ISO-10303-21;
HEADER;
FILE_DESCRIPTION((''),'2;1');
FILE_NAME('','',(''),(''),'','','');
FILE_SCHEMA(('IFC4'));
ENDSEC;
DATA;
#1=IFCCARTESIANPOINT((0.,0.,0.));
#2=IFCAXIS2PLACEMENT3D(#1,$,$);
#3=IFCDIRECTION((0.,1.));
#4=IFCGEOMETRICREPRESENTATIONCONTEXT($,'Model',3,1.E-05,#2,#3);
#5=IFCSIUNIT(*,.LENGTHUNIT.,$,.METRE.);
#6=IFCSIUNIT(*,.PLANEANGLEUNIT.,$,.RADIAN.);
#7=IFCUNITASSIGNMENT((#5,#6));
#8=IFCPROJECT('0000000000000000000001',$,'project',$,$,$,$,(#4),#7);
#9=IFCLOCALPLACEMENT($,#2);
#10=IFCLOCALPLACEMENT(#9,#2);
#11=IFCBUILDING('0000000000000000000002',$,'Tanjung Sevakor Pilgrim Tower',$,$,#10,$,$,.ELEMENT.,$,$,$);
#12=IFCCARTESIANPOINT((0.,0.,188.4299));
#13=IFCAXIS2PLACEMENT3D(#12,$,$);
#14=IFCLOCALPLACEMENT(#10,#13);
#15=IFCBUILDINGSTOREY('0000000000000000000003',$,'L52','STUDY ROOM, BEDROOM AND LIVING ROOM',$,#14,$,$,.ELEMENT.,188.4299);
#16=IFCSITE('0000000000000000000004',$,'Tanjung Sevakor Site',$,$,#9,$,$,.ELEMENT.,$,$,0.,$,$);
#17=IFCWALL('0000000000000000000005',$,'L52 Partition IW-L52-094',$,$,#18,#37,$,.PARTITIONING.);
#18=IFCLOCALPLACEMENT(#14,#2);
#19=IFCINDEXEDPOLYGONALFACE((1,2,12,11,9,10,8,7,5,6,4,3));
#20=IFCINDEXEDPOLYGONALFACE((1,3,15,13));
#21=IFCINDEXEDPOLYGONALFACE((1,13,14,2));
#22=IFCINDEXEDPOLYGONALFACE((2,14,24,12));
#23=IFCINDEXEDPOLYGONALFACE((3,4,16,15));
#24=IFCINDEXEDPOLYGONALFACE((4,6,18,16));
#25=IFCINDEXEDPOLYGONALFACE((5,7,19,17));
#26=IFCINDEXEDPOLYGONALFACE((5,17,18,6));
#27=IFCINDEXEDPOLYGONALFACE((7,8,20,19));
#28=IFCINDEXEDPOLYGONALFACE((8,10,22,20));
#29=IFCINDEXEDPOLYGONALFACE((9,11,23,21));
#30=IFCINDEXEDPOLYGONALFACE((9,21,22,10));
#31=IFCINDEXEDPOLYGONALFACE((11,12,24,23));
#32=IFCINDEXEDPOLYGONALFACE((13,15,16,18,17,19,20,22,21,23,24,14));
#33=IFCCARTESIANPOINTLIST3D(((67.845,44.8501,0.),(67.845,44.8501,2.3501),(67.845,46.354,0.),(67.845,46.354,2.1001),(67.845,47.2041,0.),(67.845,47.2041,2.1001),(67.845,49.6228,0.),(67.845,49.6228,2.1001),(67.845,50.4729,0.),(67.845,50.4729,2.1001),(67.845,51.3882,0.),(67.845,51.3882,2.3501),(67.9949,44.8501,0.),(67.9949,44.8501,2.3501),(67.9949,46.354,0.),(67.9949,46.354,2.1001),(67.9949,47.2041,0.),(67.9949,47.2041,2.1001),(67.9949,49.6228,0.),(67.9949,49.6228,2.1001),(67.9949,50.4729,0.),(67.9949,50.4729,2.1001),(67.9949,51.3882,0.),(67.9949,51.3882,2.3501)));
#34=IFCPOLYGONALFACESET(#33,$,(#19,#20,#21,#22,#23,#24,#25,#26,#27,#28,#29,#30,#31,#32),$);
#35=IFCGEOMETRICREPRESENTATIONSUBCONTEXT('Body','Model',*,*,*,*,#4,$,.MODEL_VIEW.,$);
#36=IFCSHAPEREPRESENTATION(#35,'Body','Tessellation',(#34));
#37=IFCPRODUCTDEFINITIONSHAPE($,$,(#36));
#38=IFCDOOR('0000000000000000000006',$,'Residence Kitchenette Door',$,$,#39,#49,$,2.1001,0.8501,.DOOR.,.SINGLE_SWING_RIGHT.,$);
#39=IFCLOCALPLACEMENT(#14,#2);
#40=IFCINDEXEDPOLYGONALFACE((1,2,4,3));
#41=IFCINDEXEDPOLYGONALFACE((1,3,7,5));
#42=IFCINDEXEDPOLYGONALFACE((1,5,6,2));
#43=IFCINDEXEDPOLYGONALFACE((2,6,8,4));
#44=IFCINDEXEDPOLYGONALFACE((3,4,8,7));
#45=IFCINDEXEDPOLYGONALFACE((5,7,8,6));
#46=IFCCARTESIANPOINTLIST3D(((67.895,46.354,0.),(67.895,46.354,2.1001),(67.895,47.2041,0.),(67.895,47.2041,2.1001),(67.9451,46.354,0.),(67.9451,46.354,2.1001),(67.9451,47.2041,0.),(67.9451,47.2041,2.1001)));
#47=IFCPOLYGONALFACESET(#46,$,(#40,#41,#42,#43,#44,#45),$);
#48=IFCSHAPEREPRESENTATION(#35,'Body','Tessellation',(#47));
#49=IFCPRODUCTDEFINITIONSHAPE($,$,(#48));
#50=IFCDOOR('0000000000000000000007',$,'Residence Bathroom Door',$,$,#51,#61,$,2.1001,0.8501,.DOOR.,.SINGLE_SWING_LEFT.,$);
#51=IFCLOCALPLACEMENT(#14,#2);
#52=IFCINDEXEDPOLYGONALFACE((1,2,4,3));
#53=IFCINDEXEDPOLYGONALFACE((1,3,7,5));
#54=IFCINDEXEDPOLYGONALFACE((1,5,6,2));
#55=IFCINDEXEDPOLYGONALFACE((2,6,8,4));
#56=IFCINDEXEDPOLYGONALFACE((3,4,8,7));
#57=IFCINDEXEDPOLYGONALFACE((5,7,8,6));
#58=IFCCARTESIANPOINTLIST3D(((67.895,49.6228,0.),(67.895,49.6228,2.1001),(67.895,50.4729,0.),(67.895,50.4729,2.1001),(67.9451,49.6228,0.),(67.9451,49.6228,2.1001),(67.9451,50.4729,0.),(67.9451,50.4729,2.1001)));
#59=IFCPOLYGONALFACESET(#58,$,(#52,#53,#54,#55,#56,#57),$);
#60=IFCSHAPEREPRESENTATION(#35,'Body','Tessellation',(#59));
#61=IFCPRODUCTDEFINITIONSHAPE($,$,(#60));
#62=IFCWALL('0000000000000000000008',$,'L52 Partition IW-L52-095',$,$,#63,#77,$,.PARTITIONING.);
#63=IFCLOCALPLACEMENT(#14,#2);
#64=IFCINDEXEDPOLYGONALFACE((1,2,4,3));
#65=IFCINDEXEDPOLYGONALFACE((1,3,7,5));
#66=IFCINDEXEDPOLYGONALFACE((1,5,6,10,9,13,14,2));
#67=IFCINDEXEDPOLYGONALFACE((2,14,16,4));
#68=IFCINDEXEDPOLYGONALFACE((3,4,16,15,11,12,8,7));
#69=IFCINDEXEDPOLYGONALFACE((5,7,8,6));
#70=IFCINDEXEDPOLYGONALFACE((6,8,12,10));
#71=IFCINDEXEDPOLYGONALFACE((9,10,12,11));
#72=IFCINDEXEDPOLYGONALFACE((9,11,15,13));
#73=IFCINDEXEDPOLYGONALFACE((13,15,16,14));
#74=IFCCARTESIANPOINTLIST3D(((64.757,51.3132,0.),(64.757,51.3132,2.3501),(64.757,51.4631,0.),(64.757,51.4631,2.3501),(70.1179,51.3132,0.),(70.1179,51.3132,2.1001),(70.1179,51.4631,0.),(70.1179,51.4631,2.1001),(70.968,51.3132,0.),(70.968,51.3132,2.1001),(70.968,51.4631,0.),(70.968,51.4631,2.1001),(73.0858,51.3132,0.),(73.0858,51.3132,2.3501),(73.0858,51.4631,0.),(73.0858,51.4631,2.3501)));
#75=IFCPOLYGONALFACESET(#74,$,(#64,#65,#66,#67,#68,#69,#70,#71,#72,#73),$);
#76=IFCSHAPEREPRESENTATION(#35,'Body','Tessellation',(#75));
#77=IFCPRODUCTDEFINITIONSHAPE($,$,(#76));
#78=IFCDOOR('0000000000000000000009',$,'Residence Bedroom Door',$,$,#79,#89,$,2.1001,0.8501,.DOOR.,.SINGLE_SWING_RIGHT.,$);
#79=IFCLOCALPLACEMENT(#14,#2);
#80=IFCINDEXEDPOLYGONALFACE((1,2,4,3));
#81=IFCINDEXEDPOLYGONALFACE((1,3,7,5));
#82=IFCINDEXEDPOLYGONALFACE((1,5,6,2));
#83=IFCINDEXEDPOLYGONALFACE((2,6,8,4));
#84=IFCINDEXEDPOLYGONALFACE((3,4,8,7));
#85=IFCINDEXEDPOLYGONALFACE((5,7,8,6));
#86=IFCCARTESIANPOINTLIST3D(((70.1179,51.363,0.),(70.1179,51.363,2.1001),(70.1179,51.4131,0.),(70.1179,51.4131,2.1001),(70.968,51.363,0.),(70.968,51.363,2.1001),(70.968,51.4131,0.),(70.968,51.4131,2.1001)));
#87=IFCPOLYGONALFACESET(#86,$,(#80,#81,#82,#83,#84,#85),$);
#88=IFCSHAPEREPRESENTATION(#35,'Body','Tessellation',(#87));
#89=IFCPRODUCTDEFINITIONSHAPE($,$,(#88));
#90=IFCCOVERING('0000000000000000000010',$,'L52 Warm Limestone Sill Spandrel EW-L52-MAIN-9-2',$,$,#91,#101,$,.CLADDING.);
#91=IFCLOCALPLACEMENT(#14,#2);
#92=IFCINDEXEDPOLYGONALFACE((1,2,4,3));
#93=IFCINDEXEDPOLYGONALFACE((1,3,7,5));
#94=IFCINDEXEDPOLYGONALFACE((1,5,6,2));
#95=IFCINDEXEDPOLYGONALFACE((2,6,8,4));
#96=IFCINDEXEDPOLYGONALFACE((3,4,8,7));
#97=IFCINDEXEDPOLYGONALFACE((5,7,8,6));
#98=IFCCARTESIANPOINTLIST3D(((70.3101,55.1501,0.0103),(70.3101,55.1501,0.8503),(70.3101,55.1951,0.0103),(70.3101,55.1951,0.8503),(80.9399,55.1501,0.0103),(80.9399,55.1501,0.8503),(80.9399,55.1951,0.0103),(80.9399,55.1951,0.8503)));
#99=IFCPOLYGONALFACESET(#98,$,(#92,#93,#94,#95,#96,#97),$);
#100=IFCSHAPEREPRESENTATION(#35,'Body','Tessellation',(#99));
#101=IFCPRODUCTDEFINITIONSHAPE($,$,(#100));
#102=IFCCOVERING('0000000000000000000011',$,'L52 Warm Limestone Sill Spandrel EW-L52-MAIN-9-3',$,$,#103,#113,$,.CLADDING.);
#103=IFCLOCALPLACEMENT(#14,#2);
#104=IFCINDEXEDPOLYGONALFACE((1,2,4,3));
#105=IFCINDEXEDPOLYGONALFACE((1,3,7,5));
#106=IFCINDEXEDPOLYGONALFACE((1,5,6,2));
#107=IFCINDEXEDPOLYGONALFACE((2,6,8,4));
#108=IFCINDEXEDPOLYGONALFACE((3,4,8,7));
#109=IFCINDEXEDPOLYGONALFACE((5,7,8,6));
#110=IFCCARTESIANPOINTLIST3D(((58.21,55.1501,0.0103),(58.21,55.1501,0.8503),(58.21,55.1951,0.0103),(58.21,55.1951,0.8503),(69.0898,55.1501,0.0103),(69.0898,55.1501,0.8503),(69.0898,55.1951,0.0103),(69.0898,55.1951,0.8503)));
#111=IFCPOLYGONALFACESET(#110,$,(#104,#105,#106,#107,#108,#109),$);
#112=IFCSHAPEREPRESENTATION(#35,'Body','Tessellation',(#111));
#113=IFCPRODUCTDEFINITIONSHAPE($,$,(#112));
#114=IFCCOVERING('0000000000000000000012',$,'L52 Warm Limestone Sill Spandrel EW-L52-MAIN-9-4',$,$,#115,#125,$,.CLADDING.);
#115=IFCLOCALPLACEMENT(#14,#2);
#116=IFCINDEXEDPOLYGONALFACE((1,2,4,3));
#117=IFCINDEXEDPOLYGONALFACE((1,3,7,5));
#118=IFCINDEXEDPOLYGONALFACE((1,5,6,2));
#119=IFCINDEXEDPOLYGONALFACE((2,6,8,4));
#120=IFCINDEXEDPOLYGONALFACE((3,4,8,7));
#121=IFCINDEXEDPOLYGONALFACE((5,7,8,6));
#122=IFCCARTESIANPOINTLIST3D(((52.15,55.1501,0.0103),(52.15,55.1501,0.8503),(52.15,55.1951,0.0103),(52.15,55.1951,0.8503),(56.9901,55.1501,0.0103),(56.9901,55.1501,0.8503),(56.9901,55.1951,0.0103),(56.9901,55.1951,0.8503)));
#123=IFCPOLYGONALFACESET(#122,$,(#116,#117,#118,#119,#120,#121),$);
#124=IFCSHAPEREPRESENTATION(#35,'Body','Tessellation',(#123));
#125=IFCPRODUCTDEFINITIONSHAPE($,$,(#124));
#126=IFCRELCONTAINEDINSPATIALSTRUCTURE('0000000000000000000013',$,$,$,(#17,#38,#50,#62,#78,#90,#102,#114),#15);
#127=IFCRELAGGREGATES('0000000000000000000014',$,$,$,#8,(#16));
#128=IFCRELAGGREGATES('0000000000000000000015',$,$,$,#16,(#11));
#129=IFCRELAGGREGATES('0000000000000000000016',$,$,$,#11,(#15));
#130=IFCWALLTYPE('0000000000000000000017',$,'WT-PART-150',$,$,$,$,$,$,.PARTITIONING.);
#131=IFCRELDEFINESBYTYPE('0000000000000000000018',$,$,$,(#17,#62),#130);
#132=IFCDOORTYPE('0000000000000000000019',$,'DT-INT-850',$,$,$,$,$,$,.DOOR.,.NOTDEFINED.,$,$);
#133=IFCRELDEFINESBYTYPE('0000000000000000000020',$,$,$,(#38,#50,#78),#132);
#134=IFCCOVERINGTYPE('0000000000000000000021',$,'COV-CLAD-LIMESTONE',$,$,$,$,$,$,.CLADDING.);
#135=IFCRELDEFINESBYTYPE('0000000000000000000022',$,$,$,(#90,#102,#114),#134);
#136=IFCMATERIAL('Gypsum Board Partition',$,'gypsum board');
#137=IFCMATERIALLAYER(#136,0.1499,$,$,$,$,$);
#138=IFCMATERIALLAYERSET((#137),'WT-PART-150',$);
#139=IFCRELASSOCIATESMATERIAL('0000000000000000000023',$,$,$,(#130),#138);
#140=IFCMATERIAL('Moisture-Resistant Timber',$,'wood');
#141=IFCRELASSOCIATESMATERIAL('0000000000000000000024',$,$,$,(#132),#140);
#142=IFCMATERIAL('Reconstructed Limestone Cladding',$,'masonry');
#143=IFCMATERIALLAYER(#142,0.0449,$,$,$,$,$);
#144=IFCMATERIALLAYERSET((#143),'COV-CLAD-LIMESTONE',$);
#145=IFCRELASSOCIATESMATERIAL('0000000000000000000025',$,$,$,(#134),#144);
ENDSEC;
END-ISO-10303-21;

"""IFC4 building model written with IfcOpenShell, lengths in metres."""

from ifc_helpers import new_model, si_unit, direction, frame, frame_2d, origin, origin_2d, place, context, subcontext, project, spatial, rectangle, extrude, material, layer, layer_set, type_object, element, fill, save


model = new_model("IFC4")

# Units and contexts
model_context = context("Model", 3, precision=1e-05, world=origin(), true_north=direction((0.0, 1.0)))
body_context = subcontext(model_context, "Body", "Model", "MODEL_VIEW")
ifc_project = project(units=[si_unit("LENGTHUNIT", "METRE"), si_unit("PLANEANGLEUNIT", "RADIAN")], contexts=[model_context])

# Site, building, storey
site_placement = place(None, origin())
site = spatial("IfcSite", under=ifc_project, at=site_placement, Name="Tanjung Sevakor Site", CompositionType="ELEMENT", RefElevation=0.0)
building_placement = place(site_placement, origin())
building = spatial("IfcBuilding", under=site, at=building_placement, Name="Tanjung Sevakor Pilgrim Tower", CompositionType="ELEMENT")
storey_placement = place(building_placement, frame((0.0, 0.0, 188.4299)))
storey = spatial("IfcBuildingStorey", under=building, at=storey_placement, Name="L52", Description="STUDY ROOM, BEDROOM AND LIVING ROOM", CompositionType="ELEMENT", Elevation=188.4299)

# Shared definitions
ifc_material_1 = material(Name="Gypsum Board Partition", Category="gypsum board")
ifc_layer_1 = layer(ifc_material_1, 0.1499)
ifc_layer_set_1 = layer_set([ifc_layer_1], Name="WT-PART-150")
wall_type_1 = type_object("IfcWallType", Name="WT-PART-150", PredefinedType="PARTITIONING", material=ifc_layer_set_1)

# Wall, openings, doors
wall_1_placement = place(storey_placement, frame((67.9199, 44.8501, 0.0), z_axis=(0.0, 0.0, 1.0), x_axis=(0.0, 1.0, 0.0)))
wall_1 = element("IfcWall", 1, at=wall_1_placement, inside=storey, type_object=wall_type_1, Name="L52 Partition IW-L52-094", PredefinedType="PARTITIONING", context=body_context, shape_type="SweptSolid", body=[
    extrude(rectangle(XDim=6.5381, YDim=0.1499, at=frame_2d((3.269, 0.0))), origin(), (0.0, 0.0, 1.0), 2.3501),
])
opening_1_placement = place(wall_1_placement, frame((1.5039, 0.0, 0.0)))
opening_1 = element("IfcOpeningElement", 2, at=opening_1_placement, cuts=wall_1, PredefinedType="OPENING", context=body_context, shape_type="SweptSolid", body=[
    extrude(rectangle(XDim=0.8501, YDim=2.1001, at=frame_2d((0.425, 1.05))), frame((0.0, 0.085, 0.0), z_axis=(0.0, -1.0, 0.0), x_axis=(1.0, 0.0, 0.0)), (0.0, 0.0, 1.0), 0.1699),
])
opening_2_placement = place(wall_1_placement, frame((4.7727, 0.0, 0.0)))
opening_2 = element("IfcOpeningElement", 3, at=opening_2_placement, cuts=wall_1, PredefinedType="OPENING", context=body_context, shape_type="SweptSolid", body=[
    extrude(rectangle(XDim=0.8501, YDim=2.1001, at=frame_2d((0.425, 1.05))), frame((0.0, 0.085, 0.0), z_axis=(0.0, -1.0, 0.0), x_axis=(1.0, 0.0, 0.0)), (0.0, 0.0, 1.0), 0.1699),
])
ifc_material_2 = material(Name="Moisture-Resistant Timber", Category="wood")
door_type_1 = type_object("IfcDoorType", Name="DT-INT-850", OperationType="NOTDEFINED", PredefinedType="DOOR", material=ifc_material_2)
door_1_placement = place(opening_1_placement, origin())
door_1 = element("IfcDoor", 4, at=door_1_placement, inside=storey, type_object=door_type_1, Name="Residence Kitchenette Door", OperationType="SINGLE_SWING_RIGHT", OverallHeight=2.1001, OverallWidth=0.8501, PredefinedType="DOOR", context=body_context, shape_type="SweptSolid", body=[
    extrude(rectangle(XDim=0.8501, YDim=2.1001, at=frame_2d((0.425, 1.05))), frame((0.0, 0.0249, 0.0), z_axis=(0.0, -1.0, 0.0), x_axis=(1.0, 0.0, 0.0)), (0.0, 0.0, 1.0), 0.05),
])
fill(opening_1, door_1)
door_2_placement = place(opening_2_placement, origin())
door_2 = element("IfcDoor", 5, at=door_2_placement, inside=storey, type_object=door_type_1, Name="Residence Bathroom Door", OperationType="SINGLE_SWING_LEFT", OverallHeight=2.1001, OverallWidth=0.8501, PredefinedType="DOOR", context=body_context, shape_type="SweptSolid", body=[
    extrude(rectangle(XDim=0.8501, YDim=2.1001, at=frame_2d((0.425, 1.05))), frame((0.0, 0.0249, 0.0), z_axis=(0.0, -1.0, 0.0), x_axis=(1.0, 0.0, 0.0)), (0.0, 0.0, 1.0), 0.05),
])
fill(opening_2, door_2)

# Wall, opening, door
wall_2_placement = place(storey_placement, frame((64.7568, 51.3882, 0.0), z_axis=(0.0, 0.0, 1.0), x_axis=(1.0, 0.0, 0.0)))
wall_2 = element("IfcWall", 6, at=wall_2_placement, inside=storey, type_object=wall_type_1, Name="L52 Partition IW-L52-095", PredefinedType="PARTITIONING", context=body_context, shape_type="SweptSolid", body=[
    extrude(rectangle(XDim=8.3289, YDim=0.1499, at=frame_2d((4.1646, 0.0))), origin(), (0.0, 0.0, 1.0), 2.3501),
])
opening_3_placement = place(wall_2_placement, frame((5.3611, 0.0, 0.0)))
opening_3 = element("IfcOpeningElement", 7, at=opening_3_placement, cuts=wall_2, PredefinedType="OPENING", context=body_context, shape_type="SweptSolid", body=[
    extrude(rectangle(XDim=0.8501, YDim=2.1001, at=frame_2d((0.425, 1.05))), frame((0.0, 0.085, 0.0), z_axis=(0.0, -1.0, 0.0), x_axis=(1.0, 0.0, 0.0)), (0.0, 0.0, 1.0), 0.1699),
])
door_3_placement = place(opening_3_placement, origin())
door_3 = element("IfcDoor", 8, at=door_3_placement, inside=storey, type_object=door_type_1, Name="Residence Bedroom Door", OperationType="SINGLE_SWING_RIGHT", OverallHeight=2.1001, OverallWidth=0.8501, PredefinedType="DOOR", context=body_context, shape_type="SweptSolid", body=[
    extrude(rectangle(XDim=0.8501, YDim=2.1001, at=frame_2d((0.425, 1.05))), frame((0.0, 0.0249, 0.0), z_axis=(0.0, -1.0, 0.0), x_axis=(1.0, 0.0, 0.0)), (0.0, 0.0, 1.0), 0.05),
])
fill(opening_3, door_3)

# Coverings
ifc_material_3 = material(Name="Reconstructed Limestone Cladding", Category="masonry")
ifc_layer_2 = layer(ifc_material_3, 0.0449)
ifc_layer_set_2 = layer_set([ifc_layer_2], Name="COV-CLAD-LIMESTONE")
covering_type = type_object("IfcCoveringType", Name="COV-CLAD-LIMESTONE", PredefinedType="CLADDING", material=ifc_layer_set_2)
covering_1_placement = place(storey_placement, frame((75.625, 55.1726, 0.0103), z_axis=(0.0, 0.0, 1.0), x_axis=(-1.0, 0.0, 0.0)))
element("IfcCovering", 9, at=covering_1_placement, inside=storey, type_object=covering_type, Name="L52 Warm Limestone Sill Spandrel EW-L52-MAIN-9-2", PredefinedType="CLADDING", context=body_context, shape_type="SweptSolid", body=[
    extrude(rectangle(XDim=10.6299, YDim=0.0449, at=origin_2d()), origin(), (0.0, 0.0, 1.0), 0.8401),
])
covering_2_placement = place(storey_placement, frame((63.6499, 55.1726, 0.0103), z_axis=(0.0, 0.0, 1.0), x_axis=(-1.0, 0.0, 0.0)))
element("IfcCovering", 10, at=covering_2_placement, inside=storey, type_object=covering_type, Name="L52 Warm Limestone Sill Spandrel EW-L52-MAIN-9-3", PredefinedType="CLADDING", context=body_context, shape_type="SweptSolid", body=[
    extrude(rectangle(XDim=10.8799, YDim=0.0449, at=origin_2d()), origin(), (0.0, 0.0, 1.0), 0.8401),
])
covering_3_placement = place(storey_placement, frame((54.5701, 55.1726, 0.0103), z_axis=(0.0, 0.0, 1.0), x_axis=(-1.0, 0.0, 0.0)))
element("IfcCovering", 11, at=covering_3_placement, inside=storey, type_object=covering_type, Name="L52 Warm Limestone Sill Spandrel EW-L52-MAIN-9-4", PredefinedType="CLADDING", context=body_context, shape_type="SweptSolid", body=[
    extrude(rectangle(XDim=4.8401, YDim=0.0449, at=origin_2d()), origin(), (0.0, 0.0, 1.0), 0.8401),
])

save(model, "model.ifc")
